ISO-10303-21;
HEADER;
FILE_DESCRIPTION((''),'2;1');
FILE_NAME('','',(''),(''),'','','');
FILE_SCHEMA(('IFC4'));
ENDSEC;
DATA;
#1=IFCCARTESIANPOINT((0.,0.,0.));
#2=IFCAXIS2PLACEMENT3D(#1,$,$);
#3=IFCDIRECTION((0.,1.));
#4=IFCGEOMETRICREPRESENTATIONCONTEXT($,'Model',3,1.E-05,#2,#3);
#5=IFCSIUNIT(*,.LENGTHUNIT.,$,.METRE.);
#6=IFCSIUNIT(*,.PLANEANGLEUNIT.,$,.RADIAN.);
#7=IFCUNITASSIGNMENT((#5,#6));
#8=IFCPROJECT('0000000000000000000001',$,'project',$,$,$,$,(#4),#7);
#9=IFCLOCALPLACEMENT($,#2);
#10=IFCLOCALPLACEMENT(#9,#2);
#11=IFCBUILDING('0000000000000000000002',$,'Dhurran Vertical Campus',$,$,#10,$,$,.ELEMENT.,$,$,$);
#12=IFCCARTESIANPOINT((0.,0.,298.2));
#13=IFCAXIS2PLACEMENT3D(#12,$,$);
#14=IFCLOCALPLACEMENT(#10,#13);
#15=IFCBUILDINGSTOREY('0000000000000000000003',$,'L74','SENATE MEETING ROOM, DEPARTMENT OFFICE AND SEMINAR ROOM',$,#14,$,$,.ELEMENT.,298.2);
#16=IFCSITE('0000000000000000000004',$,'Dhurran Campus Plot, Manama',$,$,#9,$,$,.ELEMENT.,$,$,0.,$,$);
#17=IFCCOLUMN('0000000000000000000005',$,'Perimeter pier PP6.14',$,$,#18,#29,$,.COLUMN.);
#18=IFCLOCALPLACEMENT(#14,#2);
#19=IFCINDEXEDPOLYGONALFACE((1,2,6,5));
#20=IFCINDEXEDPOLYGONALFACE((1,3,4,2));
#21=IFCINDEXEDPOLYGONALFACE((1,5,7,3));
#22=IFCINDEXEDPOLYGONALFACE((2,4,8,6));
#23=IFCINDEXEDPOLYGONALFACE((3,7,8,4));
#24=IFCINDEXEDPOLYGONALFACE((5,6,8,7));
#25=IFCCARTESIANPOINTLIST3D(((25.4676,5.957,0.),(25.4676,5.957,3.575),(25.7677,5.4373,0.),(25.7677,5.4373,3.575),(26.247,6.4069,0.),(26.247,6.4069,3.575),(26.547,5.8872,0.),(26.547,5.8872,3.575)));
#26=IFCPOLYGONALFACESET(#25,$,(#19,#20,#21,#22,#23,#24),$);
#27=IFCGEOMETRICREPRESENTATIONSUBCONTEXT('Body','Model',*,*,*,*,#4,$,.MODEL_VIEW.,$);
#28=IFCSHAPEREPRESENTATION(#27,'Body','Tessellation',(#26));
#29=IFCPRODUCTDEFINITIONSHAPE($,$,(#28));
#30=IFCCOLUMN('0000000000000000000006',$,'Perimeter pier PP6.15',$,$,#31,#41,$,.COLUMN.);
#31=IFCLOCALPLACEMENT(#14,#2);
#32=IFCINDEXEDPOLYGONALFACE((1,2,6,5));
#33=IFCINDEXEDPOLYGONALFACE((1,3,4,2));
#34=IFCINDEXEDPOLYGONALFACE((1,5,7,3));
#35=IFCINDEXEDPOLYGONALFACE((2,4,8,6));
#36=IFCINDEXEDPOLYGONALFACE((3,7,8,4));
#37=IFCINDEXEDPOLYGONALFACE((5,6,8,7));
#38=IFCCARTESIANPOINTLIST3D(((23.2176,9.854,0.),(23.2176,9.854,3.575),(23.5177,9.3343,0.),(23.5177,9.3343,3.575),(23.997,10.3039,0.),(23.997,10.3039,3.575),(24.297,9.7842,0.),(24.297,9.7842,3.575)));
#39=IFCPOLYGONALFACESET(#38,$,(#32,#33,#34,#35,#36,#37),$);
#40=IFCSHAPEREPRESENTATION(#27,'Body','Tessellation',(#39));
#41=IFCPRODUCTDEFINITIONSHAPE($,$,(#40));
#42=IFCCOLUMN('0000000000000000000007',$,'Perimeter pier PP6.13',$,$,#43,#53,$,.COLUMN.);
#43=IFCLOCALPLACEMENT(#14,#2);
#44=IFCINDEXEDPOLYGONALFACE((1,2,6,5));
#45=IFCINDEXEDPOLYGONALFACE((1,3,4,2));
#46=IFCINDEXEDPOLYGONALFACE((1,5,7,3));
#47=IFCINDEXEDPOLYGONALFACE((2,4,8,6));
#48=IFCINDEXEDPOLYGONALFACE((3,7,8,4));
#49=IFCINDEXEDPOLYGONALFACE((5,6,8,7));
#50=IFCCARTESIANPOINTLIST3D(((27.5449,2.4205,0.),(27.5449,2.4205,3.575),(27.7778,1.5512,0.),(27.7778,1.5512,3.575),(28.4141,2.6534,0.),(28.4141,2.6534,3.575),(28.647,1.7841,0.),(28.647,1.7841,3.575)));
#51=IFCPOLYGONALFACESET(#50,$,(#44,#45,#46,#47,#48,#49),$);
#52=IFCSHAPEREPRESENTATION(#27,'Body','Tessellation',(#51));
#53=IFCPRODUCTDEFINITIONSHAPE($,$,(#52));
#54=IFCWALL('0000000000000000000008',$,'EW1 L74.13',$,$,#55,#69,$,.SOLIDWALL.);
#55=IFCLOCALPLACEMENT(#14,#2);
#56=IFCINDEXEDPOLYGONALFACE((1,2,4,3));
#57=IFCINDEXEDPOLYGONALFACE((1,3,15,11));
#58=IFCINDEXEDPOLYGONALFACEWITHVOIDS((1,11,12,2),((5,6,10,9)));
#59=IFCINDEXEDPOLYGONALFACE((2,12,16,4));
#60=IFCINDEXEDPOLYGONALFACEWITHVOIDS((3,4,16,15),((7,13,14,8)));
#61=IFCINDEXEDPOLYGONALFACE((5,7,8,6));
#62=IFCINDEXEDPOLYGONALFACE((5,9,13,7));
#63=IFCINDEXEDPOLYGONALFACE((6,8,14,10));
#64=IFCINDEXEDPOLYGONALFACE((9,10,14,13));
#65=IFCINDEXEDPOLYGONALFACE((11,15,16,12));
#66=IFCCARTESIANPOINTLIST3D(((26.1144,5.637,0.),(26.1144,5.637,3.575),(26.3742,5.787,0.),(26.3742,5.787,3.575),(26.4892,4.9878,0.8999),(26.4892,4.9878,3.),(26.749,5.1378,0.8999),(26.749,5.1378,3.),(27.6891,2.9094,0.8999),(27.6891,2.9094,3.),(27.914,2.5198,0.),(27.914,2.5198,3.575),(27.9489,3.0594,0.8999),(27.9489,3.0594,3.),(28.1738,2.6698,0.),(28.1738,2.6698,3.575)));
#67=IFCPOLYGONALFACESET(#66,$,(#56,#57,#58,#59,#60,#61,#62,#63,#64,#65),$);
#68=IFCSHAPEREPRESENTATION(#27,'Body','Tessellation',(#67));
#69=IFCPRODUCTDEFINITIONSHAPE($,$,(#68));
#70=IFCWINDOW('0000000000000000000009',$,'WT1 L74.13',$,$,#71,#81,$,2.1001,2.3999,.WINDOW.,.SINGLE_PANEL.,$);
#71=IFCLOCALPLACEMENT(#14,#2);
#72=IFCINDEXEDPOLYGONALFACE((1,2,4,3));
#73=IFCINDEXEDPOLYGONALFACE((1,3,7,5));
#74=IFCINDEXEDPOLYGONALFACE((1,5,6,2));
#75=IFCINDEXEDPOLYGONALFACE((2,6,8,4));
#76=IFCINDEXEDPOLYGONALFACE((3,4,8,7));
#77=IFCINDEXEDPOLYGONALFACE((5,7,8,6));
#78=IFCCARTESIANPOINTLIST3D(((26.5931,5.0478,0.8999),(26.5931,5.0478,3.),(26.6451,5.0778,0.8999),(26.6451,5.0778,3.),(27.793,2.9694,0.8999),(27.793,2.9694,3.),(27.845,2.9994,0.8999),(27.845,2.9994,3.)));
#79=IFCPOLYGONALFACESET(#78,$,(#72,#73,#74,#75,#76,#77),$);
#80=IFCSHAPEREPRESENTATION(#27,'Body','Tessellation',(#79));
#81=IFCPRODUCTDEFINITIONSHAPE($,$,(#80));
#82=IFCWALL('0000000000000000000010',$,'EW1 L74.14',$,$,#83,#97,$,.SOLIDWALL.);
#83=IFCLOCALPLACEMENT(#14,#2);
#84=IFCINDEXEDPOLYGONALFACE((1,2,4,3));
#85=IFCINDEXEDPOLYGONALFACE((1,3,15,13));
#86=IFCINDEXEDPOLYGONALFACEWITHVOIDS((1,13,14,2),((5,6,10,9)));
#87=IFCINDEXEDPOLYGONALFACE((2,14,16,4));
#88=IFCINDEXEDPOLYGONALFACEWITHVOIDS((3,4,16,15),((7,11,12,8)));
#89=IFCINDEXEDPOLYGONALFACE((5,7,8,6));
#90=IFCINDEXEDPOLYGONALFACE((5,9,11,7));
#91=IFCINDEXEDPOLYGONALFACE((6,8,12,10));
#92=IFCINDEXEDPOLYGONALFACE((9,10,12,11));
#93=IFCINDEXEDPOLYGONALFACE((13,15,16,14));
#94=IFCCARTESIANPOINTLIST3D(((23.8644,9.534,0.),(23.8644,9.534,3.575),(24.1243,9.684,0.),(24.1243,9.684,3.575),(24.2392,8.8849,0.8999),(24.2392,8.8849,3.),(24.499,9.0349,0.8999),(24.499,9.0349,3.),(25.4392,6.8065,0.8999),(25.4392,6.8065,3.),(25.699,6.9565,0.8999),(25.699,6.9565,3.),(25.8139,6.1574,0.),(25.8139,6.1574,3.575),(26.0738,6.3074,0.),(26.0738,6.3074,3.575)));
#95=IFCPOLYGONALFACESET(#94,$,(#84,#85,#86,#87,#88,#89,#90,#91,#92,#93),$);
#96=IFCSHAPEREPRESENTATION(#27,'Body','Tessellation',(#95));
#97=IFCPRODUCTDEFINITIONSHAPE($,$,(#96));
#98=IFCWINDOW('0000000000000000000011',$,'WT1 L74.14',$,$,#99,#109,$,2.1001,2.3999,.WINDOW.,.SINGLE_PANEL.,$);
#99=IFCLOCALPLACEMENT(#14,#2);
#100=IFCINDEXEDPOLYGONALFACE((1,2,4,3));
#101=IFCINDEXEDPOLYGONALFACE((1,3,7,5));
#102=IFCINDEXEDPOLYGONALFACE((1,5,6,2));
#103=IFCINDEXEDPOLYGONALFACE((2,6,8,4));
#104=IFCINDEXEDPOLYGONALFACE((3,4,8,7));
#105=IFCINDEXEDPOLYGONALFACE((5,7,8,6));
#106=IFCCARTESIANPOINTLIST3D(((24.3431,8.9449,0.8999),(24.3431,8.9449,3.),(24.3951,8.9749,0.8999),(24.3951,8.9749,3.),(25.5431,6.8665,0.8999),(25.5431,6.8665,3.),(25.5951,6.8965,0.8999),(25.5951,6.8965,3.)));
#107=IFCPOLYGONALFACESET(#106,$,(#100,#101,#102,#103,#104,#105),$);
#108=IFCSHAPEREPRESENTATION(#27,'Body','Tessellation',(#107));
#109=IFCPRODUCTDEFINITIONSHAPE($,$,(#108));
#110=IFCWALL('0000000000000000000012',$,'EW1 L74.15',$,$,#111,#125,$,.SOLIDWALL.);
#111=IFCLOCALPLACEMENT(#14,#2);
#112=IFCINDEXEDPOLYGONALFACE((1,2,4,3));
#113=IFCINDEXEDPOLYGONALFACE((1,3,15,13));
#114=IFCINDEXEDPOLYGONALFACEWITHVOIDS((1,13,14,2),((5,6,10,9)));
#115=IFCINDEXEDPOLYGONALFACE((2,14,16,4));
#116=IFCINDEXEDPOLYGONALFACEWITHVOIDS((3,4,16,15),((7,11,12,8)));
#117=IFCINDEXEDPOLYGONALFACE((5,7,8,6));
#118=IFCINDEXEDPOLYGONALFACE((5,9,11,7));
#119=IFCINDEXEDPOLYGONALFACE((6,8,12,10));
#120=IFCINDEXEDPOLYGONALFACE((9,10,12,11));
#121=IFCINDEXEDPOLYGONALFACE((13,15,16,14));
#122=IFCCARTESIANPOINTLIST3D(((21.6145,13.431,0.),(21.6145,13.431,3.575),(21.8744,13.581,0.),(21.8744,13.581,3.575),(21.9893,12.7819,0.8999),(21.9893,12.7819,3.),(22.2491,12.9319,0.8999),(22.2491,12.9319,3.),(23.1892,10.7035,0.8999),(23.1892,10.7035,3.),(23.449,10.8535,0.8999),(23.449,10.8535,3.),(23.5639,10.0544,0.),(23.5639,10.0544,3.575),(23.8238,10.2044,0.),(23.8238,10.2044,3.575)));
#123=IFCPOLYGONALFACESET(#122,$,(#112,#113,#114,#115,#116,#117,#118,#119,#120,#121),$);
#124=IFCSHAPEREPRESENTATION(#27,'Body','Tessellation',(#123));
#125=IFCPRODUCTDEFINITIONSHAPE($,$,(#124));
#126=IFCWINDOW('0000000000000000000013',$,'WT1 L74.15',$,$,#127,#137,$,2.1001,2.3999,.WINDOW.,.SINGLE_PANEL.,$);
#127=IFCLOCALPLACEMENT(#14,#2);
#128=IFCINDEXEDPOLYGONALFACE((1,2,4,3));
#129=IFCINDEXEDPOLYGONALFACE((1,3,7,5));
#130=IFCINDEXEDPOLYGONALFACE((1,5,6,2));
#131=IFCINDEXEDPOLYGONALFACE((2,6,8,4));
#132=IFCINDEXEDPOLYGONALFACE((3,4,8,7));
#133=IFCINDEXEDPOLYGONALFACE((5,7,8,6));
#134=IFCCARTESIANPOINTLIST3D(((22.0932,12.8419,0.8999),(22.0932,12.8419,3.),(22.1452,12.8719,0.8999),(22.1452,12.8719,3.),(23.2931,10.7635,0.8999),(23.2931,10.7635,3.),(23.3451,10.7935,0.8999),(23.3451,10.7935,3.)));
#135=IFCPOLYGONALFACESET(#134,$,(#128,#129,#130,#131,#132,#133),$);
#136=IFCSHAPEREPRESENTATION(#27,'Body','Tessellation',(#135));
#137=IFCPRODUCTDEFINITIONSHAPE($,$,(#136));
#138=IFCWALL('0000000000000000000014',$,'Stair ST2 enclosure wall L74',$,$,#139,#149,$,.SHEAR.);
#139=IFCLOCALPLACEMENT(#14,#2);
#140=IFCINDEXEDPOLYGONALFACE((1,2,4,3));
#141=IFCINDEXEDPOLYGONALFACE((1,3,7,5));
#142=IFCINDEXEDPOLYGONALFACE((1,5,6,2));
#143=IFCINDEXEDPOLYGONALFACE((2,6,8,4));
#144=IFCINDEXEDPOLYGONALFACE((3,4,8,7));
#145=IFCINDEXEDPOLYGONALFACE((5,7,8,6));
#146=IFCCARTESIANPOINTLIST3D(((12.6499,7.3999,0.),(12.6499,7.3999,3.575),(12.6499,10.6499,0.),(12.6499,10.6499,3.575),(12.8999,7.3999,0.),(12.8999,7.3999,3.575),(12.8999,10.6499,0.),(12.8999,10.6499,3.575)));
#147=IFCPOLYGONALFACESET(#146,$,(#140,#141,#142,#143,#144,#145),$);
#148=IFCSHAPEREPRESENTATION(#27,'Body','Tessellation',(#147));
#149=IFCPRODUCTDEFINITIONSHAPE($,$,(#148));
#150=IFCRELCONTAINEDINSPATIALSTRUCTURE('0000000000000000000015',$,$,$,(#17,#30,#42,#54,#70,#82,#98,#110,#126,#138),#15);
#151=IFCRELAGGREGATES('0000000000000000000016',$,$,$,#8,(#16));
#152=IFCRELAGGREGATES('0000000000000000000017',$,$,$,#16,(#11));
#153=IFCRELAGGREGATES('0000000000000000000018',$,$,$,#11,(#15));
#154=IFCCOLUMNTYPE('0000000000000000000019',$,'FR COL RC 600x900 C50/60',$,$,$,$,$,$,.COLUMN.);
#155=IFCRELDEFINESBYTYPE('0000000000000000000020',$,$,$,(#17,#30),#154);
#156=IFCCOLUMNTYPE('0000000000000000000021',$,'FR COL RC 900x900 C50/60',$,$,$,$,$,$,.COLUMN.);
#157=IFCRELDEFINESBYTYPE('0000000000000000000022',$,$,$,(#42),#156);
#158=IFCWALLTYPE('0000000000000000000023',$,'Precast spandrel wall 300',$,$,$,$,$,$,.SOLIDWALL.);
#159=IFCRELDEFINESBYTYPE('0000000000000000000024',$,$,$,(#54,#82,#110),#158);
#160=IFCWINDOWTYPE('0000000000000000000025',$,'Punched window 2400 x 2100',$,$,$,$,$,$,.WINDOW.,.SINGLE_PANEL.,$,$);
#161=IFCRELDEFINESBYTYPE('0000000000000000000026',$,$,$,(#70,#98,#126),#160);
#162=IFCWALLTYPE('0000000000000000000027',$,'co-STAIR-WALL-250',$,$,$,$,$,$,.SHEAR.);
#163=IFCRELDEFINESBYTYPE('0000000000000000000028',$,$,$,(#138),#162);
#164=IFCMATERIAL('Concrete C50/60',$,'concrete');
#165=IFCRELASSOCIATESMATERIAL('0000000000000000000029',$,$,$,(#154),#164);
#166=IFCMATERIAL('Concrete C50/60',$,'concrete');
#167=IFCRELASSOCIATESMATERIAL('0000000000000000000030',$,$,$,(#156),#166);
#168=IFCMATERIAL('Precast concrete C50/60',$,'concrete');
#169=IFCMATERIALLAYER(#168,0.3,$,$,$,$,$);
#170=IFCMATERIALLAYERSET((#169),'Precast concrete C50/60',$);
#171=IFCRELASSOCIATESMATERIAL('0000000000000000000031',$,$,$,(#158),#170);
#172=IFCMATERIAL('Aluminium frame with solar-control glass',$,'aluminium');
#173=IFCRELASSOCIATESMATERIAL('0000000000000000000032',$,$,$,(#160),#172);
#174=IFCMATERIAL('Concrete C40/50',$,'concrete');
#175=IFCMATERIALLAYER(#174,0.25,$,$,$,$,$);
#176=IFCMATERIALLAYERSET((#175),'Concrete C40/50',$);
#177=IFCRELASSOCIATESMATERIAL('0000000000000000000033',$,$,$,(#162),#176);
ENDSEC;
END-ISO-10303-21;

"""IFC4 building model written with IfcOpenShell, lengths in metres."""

from ifc_helpers import new_model, si_unit, direction, frame, frame_2d, origin, origin_2d, place, context, subcontext, project, spatial, rectangle, extrude, material, layer, layer_set, material_profile, profile_set, type_object, element, fill, save


model = new_model("IFC4")

# Units and contexts
model_context = context("Model", 3, precision=1e-05, world=origin(), true_north=direction((0.0, 1.0)))
body_context = subcontext(model_context, "Body", "Model", "MODEL_VIEW")
ifc_project = project(units=[si_unit("LENGTHUNIT", "METRE"), si_unit("PLANEANGLEUNIT", "RADIAN")], contexts=[model_context])

# Site, building, storey
site_placement = place(None, origin())
site = spatial("IfcSite", under=ifc_project, at=site_placement, Name="Dhurran Campus Plot, Manama", CompositionType="ELEMENT", RefElevation=0.0)
building_placement = place(site_placement, origin())
building = spatial("IfcBuilding", under=site, at=building_placement, Name="Dhurran Vertical Campus", CompositionType="ELEMENT")
storey_placement = place(building_placement, frame((0.0, 0.0, 298.2)))
storey = spatial("IfcBuildingStorey", under=building, at=storey_placement, Name="L74", Description="SENATE MEETING ROOM, DEPARTMENT OFFICE AND SEMINAR ROOM", CompositionType="ELEMENT", Elevation=298.2)

# Columns
ifc_material_1 = material(Name="Concrete C50/60", Category="concrete")
ifc_material_profile_1 = material_profile(ifc_material_1, rectangle(XDim=0.6001, YDim=0.8999, at=origin_2d()), Name="RC 600x900")
ifc_profile_set_1 = profile_set([ifc_material_profile_1], Name="Concrete C50/60")
column_type_1 = type_object("IfcColumnType", Name="FR COL RC 600x900 C50/60", PredefinedType="COLUMN", material=ifc_profile_set_1)
for number, where, z_axis, x_axis, name in (
    (1, (26.0073, 5.9221, 0.0), (0.0, 0.0, 1.0), (-0.5, 0.866025, 0.0), "Perimeter pier PP6.14"),
    (2, (23.7573, 9.8191, 0.0), (0.0, 0.0, 1.0), (-0.5, 0.866025, 0.0), "Perimeter pier PP6.15"),
):
    element("IfcColumn", number, at=place(storey_placement, frame(where, z_axis=z_axis, x_axis=x_axis)), inside=storey, type_object=column_type_1, Name=name, PredefinedType="COLUMN", context=body_context, shape_type="SweptSolid", body=[
        extrude(rectangle(XDim=0.6001, YDim=0.8999, at=origin_2d()), origin(), (0.0, 0.0, 1.0), 3.575),
    ])
ifc_material_2 = material(Name="Concrete C50/60", Category="concrete")
ifc_material_profile_2 = material_profile(ifc_material_2, rectangle(XDim=0.8999, YDim=0.8999, at=origin_2d()), Name="RC 900x900")
ifc_profile_set_2 = profile_set([ifc_material_profile_2], Name="Concrete C50/60")
column_type_2 = type_object("IfcColumnType", Name="FR COL RC 900x900 C50/60", PredefinedType="COLUMN", material=ifc_profile_set_2)
column_placement = place(storey_placement, frame((28.0959, 2.1023, 0.0), z_axis=(0.0, 0.0, 1.0), x_axis=(-0.258819, 0.965926, 0.0)))
element("IfcColumn", 3, at=column_placement, inside=storey, type_object=column_type_2, Name="Perimeter pier PP6.13", PredefinedType="COLUMN", context=body_context, shape_type="SweptSolid", body=[
    extrude(rectangle(XDim=0.8999, YDim=0.8999, at=origin_2d()), origin(), (0.0, 0.0, 1.0), 3.575),
])

# Walls, openings, windows
ifc_material_3 = material(Name="Precast concrete C50/60", Category="concrete")
ifc_layer_1 = layer(ifc_material_3, 0.3)
ifc_layer_set_1 = layer_set([ifc_layer_1], Name="Precast concrete C50/60")
wall_type_1 = type_object("IfcWallType", Name="Precast spandrel wall 300", PredefinedType="SOLIDWALL", material=ifc_layer_set_1)
wall_1_placement = place(storey_placement, frame((28.0439, 2.5947, 0.0), z_axis=(0.0, 0.0, 1.0), x_axis=(-0.499969, 0.866043, 0.0)))
wall_1 = element("IfcWall", 4, at=wall_1_placement, inside=storey, type_object=wall_type_1, Name="EW1 L74.13", PredefinedType="SOLIDWALL", context=body_context, shape_type="SweptSolid", body=[
    extrude(rectangle(XDim=3.5994, YDim=0.3, at=frame_2d((1.7998, 0.0))), origin(), (0.0, 0.0, 1.0), 3.575),
])
opening_1_placement = place(wall_1_placement, frame((0.45, 0.0, 0.8999)))
opening_1 = element("IfcOpeningElement", 5, at=opening_1_placement, cuts=wall_1, PredefinedType="OPENING", context=body_context, shape_type="SweptSolid", body=[
    extrude(rectangle(XDim=2.3999, YDim=2.1001, at=frame_2d((1.2, 1.05))), frame((0.0, 0.1599, 0.0), z_axis=(0.0, -1.0, 0.0), x_axis=(1.0, 0.0, 0.0)), (0.0, 0.0, 1.0), 0.3201),
])
ifc_material_4 = material(Name="Aluminium frame with solar-control glass", Category="aluminium")
window_type = type_object("IfcWindowType", Name="Punched window 2400 x 2100", PartitioningType="SINGLE_PANEL", PredefinedType="WINDOW", material=ifc_material_4)
window_1_placement = place(opening_1_placement, origin())
window_1 = element("IfcWindow", 6, at=window_1_placement, inside=storey, type_object=window_type, Name="WT1 L74.13", OverallHeight=2.1001, OverallWidth=2.3999, PartitioningType="SINGLE_PANEL", PredefinedType="WINDOW", context=body_context, shape_type="SweptSolid", body=[
    extrude(rectangle(XDim=2.3999, YDim=2.1001, at=frame_2d((1.2, 1.05))), frame((0.0, 0.03, 0.0), z_axis=(0.0, -1.0, 0.0), x_axis=(1.0, 0.0, 0.0)), (0.0, 0.0, 1.0), 0.0601),
])
fill(opening_1, window_1)
wall_2_placement = place(storey_placement, frame((25.9438, 6.2324, 0.0), z_axis=(0.0, 0.0, 1.0), x_axis=(-0.500012, 0.866019, 0.0)))
wall_2 = element("IfcWall", 7, at=wall_2_placement, inside=storey, type_object=wall_type_1, Name="EW1 L74.14", PredefinedType="SOLIDWALL", context=body_context, shape_type="SweptSolid", body=[
    extrude(rectangle(XDim=3.8989, YDim=0.3, at=frame_2d((1.9495, 0.0))), origin(), (0.0, 0.0, 1.0), 3.575),
])
opening_2_placement = place(wall_2_placement, frame((0.7495, 0.0, 0.8999)))
opening_2 = element("IfcOpeningElement", 8, at=opening_2_placement, cuts=wall_2, PredefinedType="OPENING", context=body_context, shape_type="SweptSolid", body=[
    extrude(rectangle(XDim=2.3999, YDim=2.1001, at=frame_2d((1.2, 1.05))), frame((0.0, 0.1599, 0.0), z_axis=(0.0, -1.0, 0.0), x_axis=(1.0, 0.0, 0.0)), (0.0, 0.0, 1.0), 0.3201),
])
window_2_placement = place(opening_2_placement, origin())
window_2 = element("IfcWindow", 9, at=window_2_placement, inside=storey, type_object=window_type, Name="WT1 L74.14", OverallHeight=2.1001, OverallWidth=2.3999, PartitioningType="SINGLE_PANEL", PredefinedType="WINDOW", context=body_context, shape_type="SweptSolid", body=[
    extrude(rectangle(XDim=2.3999, YDim=2.1001, at=frame_2d((1.2, 1.05))), frame((0.0, 0.03, 0.0), z_axis=(0.0, -1.0, 0.0), x_axis=(1.0, 0.0, 0.0)), (0.0, 0.0, 1.0), 0.0601),
])
fill(opening_2, window_2)
wall_3_placement = place(storey_placement, frame((23.6938, 10.1294, 0.0), z_axis=(0.0, 0.0, 1.0), x_axis=(-0.499984, 0.866034, 0.0)))
wall_3 = element("IfcWall", 10, at=wall_3_placement, inside=storey, type_object=wall_type_1, Name="EW1 L74.15", PredefinedType="SOLIDWALL", context=body_context, shape_type="SweptSolid", body=[
    extrude(rectangle(XDim=3.8989, YDim=0.3, at=frame_2d((1.9495, 0.0))), origin(), (0.0, 0.0, 1.0), 3.575),
])
opening_3_placement = place(wall_3_placement, frame((0.7495, 0.0, 0.8999)))
opening_3 = element("IfcOpeningElement", 11, at=opening_3_placement, cuts=wall_3, PredefinedType="OPENING", context=body_context, shape_type="SweptSolid", body=[
    extrude(rectangle(XDim=2.3999, YDim=2.1001, at=frame_2d((1.2, 1.05))), frame((0.0, 0.1599, 0.0), z_axis=(0.0, -1.0, 0.0), x_axis=(1.0, 0.0, 0.0)), (0.0, 0.0, 1.0), 0.3201),
])
window_3_placement = place(opening_3_placement, origin())
window_3 = element("IfcWindow", 12, at=window_3_placement, inside=storey, type_object=window_type, Name="WT1 L74.15", OverallHeight=2.1001, OverallWidth=2.3999, PartitioningType="SINGLE_PANEL", PredefinedType="WINDOW", context=body_context, shape_type="SweptSolid", body=[
    extrude(rectangle(XDim=2.3999, YDim=2.1001, at=frame_2d((1.2, 1.05))), frame((0.0, 0.03, 0.0), z_axis=(0.0, -1.0, 0.0), x_axis=(1.0, 0.0, 0.0)), (0.0, 0.0, 1.0), 0.0601),
])
fill(opening_3, window_3)

# Wall
ifc_material_5 = material(Name="Concrete C40/50", Category="concrete")
ifc_layer_2 = layer(ifc_material_5, 0.25)
ifc_layer_set_2 = layer_set([ifc_layer_2], Name="Concrete C40/50")
wall_type_2 = type_object("IfcWallType", Name="co-STAIR-WALL-250", PredefinedType="SHEAR", material=ifc_layer_set_2)
wall_4_placement = place(storey_placement, frame((12.7749, 7.3999, 0.0), z_axis=(0.0, 0.0, 1.0), x_axis=(0.0, 1.0, 0.0)))
element("IfcWall", 13, at=wall_4_placement, inside=storey, type_object=wall_type_2, Name="Stair ST2 enclosure wall L74", PredefinedType="SHEAR", context=body_context, shape_type="SweptSolid", body=[
    extrude(rectangle(XDim=3.25, YDim=0.25, at=frame_2d((1.625, 0.0))), origin(), (0.0, 0.0, 1.0), 3.575),
])

save(model, "model.ifc")
